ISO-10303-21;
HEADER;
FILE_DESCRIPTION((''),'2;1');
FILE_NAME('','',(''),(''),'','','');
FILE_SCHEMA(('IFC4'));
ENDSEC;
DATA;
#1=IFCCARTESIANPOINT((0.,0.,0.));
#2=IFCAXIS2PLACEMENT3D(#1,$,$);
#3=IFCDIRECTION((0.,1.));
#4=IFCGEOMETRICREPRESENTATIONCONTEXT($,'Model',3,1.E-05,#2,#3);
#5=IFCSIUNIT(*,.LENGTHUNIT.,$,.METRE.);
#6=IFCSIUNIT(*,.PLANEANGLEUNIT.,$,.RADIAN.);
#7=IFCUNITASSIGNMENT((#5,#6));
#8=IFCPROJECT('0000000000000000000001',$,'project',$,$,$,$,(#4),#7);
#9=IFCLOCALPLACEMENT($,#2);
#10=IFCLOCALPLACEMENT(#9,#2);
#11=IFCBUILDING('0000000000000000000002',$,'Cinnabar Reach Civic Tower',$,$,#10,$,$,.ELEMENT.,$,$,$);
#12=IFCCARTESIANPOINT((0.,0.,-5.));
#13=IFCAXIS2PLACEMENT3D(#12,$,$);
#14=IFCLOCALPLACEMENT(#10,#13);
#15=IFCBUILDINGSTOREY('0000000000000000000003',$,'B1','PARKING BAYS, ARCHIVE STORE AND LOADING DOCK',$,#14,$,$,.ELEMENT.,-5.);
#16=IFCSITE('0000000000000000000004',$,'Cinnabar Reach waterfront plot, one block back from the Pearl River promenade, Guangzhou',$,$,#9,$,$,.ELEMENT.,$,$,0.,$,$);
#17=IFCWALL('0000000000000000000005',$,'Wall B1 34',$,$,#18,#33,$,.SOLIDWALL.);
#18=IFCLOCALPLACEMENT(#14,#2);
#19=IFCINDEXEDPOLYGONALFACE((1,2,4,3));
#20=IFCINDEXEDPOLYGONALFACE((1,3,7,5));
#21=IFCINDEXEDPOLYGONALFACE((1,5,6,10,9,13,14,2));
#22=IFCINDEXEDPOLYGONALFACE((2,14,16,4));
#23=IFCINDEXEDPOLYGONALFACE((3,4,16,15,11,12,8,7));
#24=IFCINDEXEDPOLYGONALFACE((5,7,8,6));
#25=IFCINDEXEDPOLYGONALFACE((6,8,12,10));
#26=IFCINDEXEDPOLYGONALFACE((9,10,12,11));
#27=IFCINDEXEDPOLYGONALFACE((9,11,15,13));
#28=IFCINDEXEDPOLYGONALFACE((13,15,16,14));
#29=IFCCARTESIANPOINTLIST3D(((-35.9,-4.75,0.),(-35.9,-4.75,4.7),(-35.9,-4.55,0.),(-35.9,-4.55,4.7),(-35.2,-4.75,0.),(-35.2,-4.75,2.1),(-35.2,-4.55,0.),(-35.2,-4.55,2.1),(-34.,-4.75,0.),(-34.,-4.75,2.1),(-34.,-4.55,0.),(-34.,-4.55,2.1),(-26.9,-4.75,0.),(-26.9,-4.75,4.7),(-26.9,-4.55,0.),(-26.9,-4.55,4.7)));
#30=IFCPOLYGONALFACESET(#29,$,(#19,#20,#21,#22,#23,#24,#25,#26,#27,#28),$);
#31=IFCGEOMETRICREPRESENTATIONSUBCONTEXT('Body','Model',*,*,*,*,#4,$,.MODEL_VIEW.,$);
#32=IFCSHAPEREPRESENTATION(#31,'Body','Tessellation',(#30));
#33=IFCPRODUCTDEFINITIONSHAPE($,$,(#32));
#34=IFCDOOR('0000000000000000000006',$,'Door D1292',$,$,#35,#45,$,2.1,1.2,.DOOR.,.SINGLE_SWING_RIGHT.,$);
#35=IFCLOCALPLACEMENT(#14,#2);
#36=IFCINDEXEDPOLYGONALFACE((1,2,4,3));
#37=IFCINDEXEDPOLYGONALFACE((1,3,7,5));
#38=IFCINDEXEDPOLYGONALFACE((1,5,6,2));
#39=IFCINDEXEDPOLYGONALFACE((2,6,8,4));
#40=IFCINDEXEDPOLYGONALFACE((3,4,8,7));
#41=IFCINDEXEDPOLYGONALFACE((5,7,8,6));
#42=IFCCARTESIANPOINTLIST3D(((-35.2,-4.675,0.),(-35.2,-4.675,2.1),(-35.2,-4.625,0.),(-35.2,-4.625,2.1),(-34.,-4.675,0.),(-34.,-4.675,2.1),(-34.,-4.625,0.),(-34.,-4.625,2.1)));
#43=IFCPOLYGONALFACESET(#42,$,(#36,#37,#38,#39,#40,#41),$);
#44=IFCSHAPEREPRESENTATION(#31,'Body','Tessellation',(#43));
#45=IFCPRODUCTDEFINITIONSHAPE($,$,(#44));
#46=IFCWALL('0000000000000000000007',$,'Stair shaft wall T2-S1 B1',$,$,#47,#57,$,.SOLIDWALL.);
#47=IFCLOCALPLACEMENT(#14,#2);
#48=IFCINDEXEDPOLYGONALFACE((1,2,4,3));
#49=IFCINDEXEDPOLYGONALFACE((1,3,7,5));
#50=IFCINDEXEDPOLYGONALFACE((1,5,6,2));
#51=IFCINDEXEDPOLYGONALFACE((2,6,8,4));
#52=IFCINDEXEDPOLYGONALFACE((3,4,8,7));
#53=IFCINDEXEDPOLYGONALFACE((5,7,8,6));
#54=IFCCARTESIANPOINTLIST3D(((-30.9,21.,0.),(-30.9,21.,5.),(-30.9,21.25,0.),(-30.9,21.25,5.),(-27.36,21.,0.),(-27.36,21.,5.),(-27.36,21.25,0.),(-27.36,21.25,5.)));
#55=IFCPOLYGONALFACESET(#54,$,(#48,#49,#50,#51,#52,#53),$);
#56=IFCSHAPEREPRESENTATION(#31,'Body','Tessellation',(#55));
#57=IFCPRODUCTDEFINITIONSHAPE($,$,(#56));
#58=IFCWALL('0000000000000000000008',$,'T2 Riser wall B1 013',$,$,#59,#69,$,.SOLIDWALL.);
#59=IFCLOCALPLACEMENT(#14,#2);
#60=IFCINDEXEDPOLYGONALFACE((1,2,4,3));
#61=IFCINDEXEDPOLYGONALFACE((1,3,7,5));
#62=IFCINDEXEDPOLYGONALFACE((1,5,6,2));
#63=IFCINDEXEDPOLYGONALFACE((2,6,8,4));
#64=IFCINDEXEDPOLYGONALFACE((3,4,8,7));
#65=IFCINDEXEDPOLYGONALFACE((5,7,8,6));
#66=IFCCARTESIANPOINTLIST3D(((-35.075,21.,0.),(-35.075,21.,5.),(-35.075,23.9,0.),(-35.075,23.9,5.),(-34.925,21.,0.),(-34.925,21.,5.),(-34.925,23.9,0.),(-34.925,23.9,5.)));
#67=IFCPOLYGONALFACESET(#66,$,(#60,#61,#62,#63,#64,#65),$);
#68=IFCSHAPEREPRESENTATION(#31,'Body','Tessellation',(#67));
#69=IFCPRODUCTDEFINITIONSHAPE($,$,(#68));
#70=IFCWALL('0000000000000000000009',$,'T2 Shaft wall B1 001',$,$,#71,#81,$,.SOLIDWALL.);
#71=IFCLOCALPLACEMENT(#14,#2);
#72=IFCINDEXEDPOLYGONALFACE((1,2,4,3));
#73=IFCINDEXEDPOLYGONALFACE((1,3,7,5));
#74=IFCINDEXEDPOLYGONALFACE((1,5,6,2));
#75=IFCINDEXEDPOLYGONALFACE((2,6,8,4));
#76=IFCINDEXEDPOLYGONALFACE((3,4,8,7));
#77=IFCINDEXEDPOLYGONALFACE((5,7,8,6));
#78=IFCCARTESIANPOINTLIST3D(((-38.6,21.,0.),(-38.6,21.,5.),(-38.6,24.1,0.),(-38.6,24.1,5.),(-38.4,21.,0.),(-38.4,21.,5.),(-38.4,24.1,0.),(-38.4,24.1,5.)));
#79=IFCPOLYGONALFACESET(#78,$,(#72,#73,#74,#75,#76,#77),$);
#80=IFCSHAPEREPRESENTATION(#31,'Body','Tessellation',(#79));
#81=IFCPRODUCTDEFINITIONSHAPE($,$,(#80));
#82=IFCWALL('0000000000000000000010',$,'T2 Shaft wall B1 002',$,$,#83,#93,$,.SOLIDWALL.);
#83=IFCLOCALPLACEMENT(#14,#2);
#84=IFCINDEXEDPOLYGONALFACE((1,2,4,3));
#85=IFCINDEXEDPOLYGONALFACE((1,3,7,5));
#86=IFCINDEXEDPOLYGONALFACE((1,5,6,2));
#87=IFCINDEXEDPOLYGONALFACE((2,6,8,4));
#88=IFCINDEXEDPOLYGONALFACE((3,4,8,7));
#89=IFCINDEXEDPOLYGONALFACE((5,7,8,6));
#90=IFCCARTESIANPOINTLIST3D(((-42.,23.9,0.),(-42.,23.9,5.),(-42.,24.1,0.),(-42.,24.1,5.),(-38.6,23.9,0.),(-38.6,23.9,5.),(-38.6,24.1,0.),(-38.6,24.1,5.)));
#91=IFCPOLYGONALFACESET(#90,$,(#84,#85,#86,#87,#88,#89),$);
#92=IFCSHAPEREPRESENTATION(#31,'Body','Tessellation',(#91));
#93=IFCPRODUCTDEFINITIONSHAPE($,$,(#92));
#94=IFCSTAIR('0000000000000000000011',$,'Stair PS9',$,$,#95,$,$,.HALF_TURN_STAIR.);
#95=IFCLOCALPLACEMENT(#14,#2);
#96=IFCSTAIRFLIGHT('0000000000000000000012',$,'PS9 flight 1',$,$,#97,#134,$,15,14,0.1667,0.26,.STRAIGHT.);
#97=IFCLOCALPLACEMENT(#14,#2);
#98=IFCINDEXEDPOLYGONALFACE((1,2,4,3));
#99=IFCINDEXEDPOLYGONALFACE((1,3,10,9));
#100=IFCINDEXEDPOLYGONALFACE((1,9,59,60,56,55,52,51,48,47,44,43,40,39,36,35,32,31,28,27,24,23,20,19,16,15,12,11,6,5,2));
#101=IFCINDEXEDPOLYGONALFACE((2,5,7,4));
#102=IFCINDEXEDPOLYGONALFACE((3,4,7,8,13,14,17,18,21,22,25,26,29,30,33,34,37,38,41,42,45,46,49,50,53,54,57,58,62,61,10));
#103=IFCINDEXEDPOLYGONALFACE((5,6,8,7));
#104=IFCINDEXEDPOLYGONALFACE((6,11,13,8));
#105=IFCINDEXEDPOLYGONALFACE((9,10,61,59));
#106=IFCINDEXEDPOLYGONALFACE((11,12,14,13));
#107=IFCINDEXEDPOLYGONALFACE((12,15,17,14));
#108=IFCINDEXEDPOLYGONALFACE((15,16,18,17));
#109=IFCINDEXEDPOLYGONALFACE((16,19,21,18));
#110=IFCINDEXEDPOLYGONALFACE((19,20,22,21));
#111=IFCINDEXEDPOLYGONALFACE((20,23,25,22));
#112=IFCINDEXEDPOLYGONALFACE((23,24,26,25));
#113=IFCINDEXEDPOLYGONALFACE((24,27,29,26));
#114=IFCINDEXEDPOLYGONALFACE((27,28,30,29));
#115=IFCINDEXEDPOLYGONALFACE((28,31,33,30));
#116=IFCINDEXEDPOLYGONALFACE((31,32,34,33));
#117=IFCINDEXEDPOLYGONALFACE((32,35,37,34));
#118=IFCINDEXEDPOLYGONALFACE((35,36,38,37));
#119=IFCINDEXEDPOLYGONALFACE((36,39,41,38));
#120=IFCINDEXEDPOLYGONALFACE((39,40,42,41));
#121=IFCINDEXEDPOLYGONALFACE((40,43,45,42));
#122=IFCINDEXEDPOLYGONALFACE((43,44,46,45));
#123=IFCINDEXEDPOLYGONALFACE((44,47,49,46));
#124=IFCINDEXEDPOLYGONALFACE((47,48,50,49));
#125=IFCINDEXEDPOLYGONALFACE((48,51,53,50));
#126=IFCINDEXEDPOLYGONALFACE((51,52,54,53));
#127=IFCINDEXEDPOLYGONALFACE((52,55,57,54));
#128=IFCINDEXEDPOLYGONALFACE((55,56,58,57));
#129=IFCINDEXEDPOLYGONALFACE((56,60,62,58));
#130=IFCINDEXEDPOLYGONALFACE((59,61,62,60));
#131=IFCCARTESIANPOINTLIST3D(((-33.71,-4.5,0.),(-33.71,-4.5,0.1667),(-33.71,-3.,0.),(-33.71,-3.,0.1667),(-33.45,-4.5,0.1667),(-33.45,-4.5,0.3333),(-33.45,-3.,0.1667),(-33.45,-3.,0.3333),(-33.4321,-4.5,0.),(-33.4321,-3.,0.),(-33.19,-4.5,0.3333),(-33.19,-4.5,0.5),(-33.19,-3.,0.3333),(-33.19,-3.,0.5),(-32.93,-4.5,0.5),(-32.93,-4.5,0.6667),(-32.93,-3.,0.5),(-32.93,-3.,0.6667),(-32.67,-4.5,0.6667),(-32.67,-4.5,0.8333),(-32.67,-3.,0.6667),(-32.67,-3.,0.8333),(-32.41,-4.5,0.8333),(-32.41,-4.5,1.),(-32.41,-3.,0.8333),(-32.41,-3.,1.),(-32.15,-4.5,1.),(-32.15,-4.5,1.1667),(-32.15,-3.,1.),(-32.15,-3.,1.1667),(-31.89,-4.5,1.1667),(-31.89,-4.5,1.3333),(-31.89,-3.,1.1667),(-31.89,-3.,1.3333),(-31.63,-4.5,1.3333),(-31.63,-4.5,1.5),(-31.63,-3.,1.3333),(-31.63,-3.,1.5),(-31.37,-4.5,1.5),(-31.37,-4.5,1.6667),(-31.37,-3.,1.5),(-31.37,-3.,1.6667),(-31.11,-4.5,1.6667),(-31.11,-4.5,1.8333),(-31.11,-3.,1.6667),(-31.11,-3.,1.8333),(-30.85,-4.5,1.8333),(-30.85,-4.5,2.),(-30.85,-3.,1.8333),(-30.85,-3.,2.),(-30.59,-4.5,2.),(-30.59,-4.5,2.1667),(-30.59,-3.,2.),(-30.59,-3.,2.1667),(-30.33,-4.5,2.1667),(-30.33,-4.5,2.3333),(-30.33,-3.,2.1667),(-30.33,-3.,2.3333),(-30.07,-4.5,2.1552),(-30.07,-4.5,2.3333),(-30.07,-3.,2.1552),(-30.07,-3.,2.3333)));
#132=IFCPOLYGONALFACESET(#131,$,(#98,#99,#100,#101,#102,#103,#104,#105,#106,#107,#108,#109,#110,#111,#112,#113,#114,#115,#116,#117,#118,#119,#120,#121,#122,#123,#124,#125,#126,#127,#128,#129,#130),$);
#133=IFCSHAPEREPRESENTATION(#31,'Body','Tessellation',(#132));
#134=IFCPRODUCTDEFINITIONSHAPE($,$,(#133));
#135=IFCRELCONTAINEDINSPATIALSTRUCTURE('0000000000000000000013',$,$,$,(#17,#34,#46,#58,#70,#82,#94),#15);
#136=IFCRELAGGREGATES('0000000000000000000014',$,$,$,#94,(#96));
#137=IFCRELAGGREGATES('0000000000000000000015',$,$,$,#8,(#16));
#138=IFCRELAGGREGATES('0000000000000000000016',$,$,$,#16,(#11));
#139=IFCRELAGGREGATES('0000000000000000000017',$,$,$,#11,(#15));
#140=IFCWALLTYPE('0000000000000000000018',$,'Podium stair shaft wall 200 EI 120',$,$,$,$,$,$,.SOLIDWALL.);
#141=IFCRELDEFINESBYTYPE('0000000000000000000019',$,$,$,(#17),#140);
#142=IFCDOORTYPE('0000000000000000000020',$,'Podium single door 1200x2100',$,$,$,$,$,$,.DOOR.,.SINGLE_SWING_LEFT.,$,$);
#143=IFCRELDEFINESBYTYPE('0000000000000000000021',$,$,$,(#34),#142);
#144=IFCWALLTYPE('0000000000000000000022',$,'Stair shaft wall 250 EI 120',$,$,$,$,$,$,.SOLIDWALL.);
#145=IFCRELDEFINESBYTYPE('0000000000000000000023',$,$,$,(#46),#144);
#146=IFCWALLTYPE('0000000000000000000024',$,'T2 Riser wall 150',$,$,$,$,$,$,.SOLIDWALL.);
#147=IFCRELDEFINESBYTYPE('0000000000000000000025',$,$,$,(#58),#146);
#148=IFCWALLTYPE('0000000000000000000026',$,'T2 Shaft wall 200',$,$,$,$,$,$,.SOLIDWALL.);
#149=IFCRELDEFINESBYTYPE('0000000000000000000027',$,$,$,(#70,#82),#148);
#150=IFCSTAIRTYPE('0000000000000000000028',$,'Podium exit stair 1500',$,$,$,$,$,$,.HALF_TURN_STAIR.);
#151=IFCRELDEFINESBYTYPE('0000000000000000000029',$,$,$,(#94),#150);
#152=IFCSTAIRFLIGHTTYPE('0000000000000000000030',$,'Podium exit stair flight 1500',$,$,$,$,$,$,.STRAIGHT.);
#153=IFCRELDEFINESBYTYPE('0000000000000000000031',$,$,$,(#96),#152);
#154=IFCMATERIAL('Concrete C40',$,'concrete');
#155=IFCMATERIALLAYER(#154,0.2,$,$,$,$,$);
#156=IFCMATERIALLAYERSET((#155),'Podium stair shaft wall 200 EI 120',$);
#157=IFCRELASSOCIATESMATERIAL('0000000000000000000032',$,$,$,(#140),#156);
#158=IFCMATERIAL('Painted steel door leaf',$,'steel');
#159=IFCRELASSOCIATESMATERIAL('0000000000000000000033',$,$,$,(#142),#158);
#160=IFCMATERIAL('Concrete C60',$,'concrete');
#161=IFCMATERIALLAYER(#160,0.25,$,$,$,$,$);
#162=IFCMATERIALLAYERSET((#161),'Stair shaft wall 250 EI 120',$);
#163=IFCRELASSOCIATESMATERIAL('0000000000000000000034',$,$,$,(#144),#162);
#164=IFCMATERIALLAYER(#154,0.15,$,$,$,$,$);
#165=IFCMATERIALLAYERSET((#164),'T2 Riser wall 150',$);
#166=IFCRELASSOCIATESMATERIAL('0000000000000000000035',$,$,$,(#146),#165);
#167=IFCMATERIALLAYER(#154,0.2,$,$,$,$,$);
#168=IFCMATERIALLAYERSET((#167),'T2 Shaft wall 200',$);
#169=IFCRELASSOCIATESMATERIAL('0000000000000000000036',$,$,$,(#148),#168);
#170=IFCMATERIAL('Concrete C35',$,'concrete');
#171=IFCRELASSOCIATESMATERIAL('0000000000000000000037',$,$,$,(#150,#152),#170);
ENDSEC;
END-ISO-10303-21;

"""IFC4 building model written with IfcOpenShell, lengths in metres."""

from ifc_helpers import new_model, si_unit, direction, frame, frame_2d, origin, place, context, subcontext, project, spatial, polyline, rectangle, outline, extrude, material, layer, layer_set, type_object, element, fill, aggregate, save


model = new_model("IFC4")

# Units and contexts
model_context = context("Model", 3, precision=1e-05, world=origin(), true_north=direction((0.0, 1.0)))
body_context = subcontext(model_context, "Body", "Model", "MODEL_VIEW")
ifc_project = project(units=[si_unit("LENGTHUNIT", "METRE"), si_unit("PLANEANGLEUNIT", "RADIAN")], contexts=[model_context])

# Site, building, storey
site_placement = place(None, origin())
site = spatial("IfcSite", under=ifc_project, at=site_placement, Name="Cinnabar Reach waterfront plot, one block back from the Pearl River promenade, Guangzhou", CompositionType="ELEMENT", RefElevation=0.0)
building_placement = place(site_placement, origin())
building = spatial("IfcBuilding", under=site, at=building_placement, Name="Cinnabar Reach Civic Tower", CompositionType="ELEMENT")
storey_placement = place(building_placement, frame((0.0, 0.0, -5.0)))
storey = spatial("IfcBuildingStorey", under=building, at=storey_placement, Name="B1", Description="PARKING BAYS, ARCHIVE STORE AND LOADING DOCK", CompositionType="ELEMENT", Elevation=-5.0)

# Shared definitions
ifc_material_1 = material(Name="Concrete C60", Category="concrete")

# Shared definitions
ifc_material_2 = material(Name="Painted steel door leaf", Category="steel")

# Shared definitions
ifc_material_3 = material(Name="Concrete C40", Category="concrete")
ifc_layer_1 = layer(ifc_material_3, 0.2)
ifc_layer_set_1 = layer_set([ifc_layer_1], Name="Podium stair shaft wall 200 EI 120")
wall_type_1 = type_object("IfcWallType", Name="Podium stair shaft wall 200 EI 120", PredefinedType="SOLIDWALL", material=ifc_layer_set_1)

# Shared definitions
door_type_1 = type_object("IfcDoorType", Name="Podium single door 1200x2100", OperationType="SINGLE_SWING_LEFT", PredefinedType="DOOR", material=ifc_material_2)

# Wall, opening, door
wall_1_placement = place(storey_placement, frame((-35.9, -4.65, 0.0), z_axis=(0.0, 0.0, 1.0), x_axis=(1.0, 0.0, 0.0)))
wall_1 = element("IfcWall", 1, at=wall_1_placement, inside=storey, type_object=wall_type_1, Name="Wall B1 34", PredefinedType="SOLIDWALL", context=body_context, shape_type="SweptSolid", body=[
    extrude(rectangle(XDim=9.0, YDim=0.2, at=frame_2d((4.5, 0.0))), origin(), (0.0, 0.0, 1.0), 4.7),
])
opening_1_placement = place(wall_1_placement, frame((0.7, 0.0, 0.0)))
opening_1 = element("IfcOpeningElement", 2, at=opening_1_placement, cuts=wall_1, PredefinedType="OPENING", context=body_context, shape_type="SweptSolid", body=[
    extrude(rectangle(XDim=1.2, YDim=2.1, at=frame_2d((0.6, 1.05))), frame((0.0, 0.11, 0.0), z_axis=(0.0, -1.0, 0.0), x_axis=(1.0, 0.0, 0.0)), (0.0, 0.0, 1.0), 0.22),
])
door_1_placement = place(opening_1_placement, origin())
door_1 = element("IfcDoor", 3, at=door_1_placement, inside=storey, type_object=door_type_1, Name="Door D1292", OperationType="SINGLE_SWING_RIGHT", OverallHeight=2.1, OverallWidth=1.2, PredefinedType="DOOR", context=body_context, shape_type="SweptSolid", body=[
    extrude(rectangle(XDim=1.2, YDim=2.1, at=frame_2d((0.6, 1.05))), frame((0.0, 0.025, 0.0), z_axis=(0.0, -1.0, 0.0), x_axis=(1.0, 0.0, 0.0)), (0.0, 0.0, 1.0), 0.05),
])
fill(opening_1, door_1)

# Walls
ifc_layer_2 = layer(ifc_material_1, 0.25)
ifc_layer_set_2 = layer_set([ifc_layer_2], Name="Stair shaft wall 250 EI 120")
wall_type_2 = type_object("IfcWallType", Name="Stair shaft wall 250 EI 120", PredefinedType="SOLIDWALL", material=ifc_layer_set_2)
wall_2_placement = place(storey_placement, frame((-30.9, 21.125, 0.0), z_axis=(0.0, 0.0, 1.0), x_axis=(1.0, 0.0, 0.0)))
element("IfcWall", 4, at=wall_2_placement, inside=storey, type_object=wall_type_2, Name="Stair shaft wall T2-S1 B1", PredefinedType="SOLIDWALL", context=body_context, shape_type="SweptSolid", body=[
    extrude(rectangle(XDim=3.54, YDim=0.25, at=frame_2d((1.77, 0.0))), origin(), (0.0, 0.0, 1.0), 5.0),
])
ifc_layer_3 = layer(ifc_material_3, 0.15)
ifc_layer_set_3 = layer_set([ifc_layer_3], Name="T2 Riser wall 150")
wall_type_3 = type_object("IfcWallType", Name="T2 Riser wall 150", PredefinedType="SOLIDWALL", material=ifc_layer_set_3)
wall_3_placement = place(storey_placement, frame((-35.0, 21.0, 0.0), z_axis=(0.0, 0.0, 1.0), x_axis=(0.0, 1.0, 0.0)))
element("IfcWall", 5, at=wall_3_placement, inside=storey, type_object=wall_type_3, Name="T2 Riser wall B1 013", PredefinedType="SOLIDWALL", context=body_context, shape_type="SweptSolid", body=[
    extrude(rectangle(XDim=2.9, YDim=0.15, at=frame_2d((1.45, 0.0))), origin(), (0.0, 0.0, 1.0), 5.0),
])
ifc_layer_4 = layer(ifc_material_3, 0.2)
ifc_layer_set_4 = layer_set([ifc_layer_4], Name="T2 Shaft wall 200")
wall_type_4 = type_object("IfcWallType", Name="T2 Shaft wall 200", PredefinedType="SOLIDWALL", material=ifc_layer_set_4)
wall_4_placement = place(storey_placement, frame((-38.5, 21.0, 0.0), z_axis=(0.0, 0.0, 1.0), x_axis=(0.0, 1.0, 0.0)))
element("IfcWall", 6, at=wall_4_placement, inside=storey, type_object=wall_type_4, Name="T2 Shaft wall B1 001", PredefinedType="SOLIDWALL", context=body_context, shape_type="SweptSolid", body=[
    extrude(rectangle(XDim=3.1, YDim=0.2, at=frame_2d((1.55, 0.0))), origin(), (0.0, 0.0, 1.0), 5.0),
])
wall_5_placement = place(storey_placement, frame((-38.6, 24.0, 0.0), z_axis=(0.0, 0.0, 1.0), x_axis=(-1.0, 0.0, 0.0)))
element("IfcWall", 7, at=wall_5_placement, inside=storey, type_object=wall_type_4, Name="T2 Shaft wall B1 002", PredefinedType="SOLIDWALL", context=body_context, shape_type="SweptSolid", body=[
    extrude(rectangle(XDim=3.4, YDim=0.2, at=frame_2d((1.7, 0.0))), origin(), (0.0, 0.0, 1.0), 5.0),
])

# Stair, stair flight
ifc_material_4 = material(Name="Concrete C35", Category="concrete")
stair_type = type_object("IfcStairType", Name="Podium exit stair 1500", PredefinedType="HALF_TURN_STAIR", material=ifc_material_4)
stair_placement = place(storey_placement, origin())
stair = element("IfcStair", 8, at=stair_placement, inside=storey, type_object=stair_type, Name="Stair PS9", PredefinedType="HALF_TURN_STAIR")
stair_flight_type = type_object("IfcStairFlightType", Name="Podium exit stair flight 1500", PredefinedType="STRAIGHT", material=ifc_material_4)
stair_flight_placement = place(storey_placement, frame((-33.71, -3.75, 0.0), z_axis=(0.0, 0.0, 1.0), x_axis=(1.0, 0.0, 0.0)))
stair_flight = element("IfcStairFlight", 9, at=stair_flight_placement, type_object=stair_flight_type, Name="PS9 flight 1", NumberOfRisers=15, NumberOfTreads=14, PredefinedType="STRAIGHT", RiserHeight=0.1667, TreadLength=0.26, context=body_context, shape_type="SweptSolid", body=[
    extrude(outline(polyline([(0.0, 0.0), (0.0, 0.1667), (0.26, 0.1667), (0.26, 0.3333), (0.52, 0.3333), (0.52, 0.5), (0.78, 0.5), (0.78, 0.6667), (1.04, 0.6667), (1.04, 0.8333), (1.3, 0.8333), (1.3, 1.0), (1.56, 1.0), (1.56, 1.1667), (1.82, 1.1667), (1.82, 1.3333), (2.08, 1.3333), (2.08, 1.5), (2.34, 1.5), (2.34, 1.6667), (2.6, 1.6667), (2.6, 1.8333), (2.86, 1.8333), (2.86, 2.0), (3.12, 2.0), (3.12, 2.1667), (3.38, 2.1667), (3.38, 2.3333), (3.64, 2.3333), (3.64, 2.5), (3.64, 2.1552), (0.2779, 0.0), (0.0, 0.0)])), frame((0.0, 0.75, 0.0), z_axis=(0.0, -1.0, 0.0), x_axis=(1.0, 0.0, 0.0)), (0.0, 0.0, 1.0), 1.5),
])
aggregate(stair, [stair_flight])

save(model, "model.ifc")
